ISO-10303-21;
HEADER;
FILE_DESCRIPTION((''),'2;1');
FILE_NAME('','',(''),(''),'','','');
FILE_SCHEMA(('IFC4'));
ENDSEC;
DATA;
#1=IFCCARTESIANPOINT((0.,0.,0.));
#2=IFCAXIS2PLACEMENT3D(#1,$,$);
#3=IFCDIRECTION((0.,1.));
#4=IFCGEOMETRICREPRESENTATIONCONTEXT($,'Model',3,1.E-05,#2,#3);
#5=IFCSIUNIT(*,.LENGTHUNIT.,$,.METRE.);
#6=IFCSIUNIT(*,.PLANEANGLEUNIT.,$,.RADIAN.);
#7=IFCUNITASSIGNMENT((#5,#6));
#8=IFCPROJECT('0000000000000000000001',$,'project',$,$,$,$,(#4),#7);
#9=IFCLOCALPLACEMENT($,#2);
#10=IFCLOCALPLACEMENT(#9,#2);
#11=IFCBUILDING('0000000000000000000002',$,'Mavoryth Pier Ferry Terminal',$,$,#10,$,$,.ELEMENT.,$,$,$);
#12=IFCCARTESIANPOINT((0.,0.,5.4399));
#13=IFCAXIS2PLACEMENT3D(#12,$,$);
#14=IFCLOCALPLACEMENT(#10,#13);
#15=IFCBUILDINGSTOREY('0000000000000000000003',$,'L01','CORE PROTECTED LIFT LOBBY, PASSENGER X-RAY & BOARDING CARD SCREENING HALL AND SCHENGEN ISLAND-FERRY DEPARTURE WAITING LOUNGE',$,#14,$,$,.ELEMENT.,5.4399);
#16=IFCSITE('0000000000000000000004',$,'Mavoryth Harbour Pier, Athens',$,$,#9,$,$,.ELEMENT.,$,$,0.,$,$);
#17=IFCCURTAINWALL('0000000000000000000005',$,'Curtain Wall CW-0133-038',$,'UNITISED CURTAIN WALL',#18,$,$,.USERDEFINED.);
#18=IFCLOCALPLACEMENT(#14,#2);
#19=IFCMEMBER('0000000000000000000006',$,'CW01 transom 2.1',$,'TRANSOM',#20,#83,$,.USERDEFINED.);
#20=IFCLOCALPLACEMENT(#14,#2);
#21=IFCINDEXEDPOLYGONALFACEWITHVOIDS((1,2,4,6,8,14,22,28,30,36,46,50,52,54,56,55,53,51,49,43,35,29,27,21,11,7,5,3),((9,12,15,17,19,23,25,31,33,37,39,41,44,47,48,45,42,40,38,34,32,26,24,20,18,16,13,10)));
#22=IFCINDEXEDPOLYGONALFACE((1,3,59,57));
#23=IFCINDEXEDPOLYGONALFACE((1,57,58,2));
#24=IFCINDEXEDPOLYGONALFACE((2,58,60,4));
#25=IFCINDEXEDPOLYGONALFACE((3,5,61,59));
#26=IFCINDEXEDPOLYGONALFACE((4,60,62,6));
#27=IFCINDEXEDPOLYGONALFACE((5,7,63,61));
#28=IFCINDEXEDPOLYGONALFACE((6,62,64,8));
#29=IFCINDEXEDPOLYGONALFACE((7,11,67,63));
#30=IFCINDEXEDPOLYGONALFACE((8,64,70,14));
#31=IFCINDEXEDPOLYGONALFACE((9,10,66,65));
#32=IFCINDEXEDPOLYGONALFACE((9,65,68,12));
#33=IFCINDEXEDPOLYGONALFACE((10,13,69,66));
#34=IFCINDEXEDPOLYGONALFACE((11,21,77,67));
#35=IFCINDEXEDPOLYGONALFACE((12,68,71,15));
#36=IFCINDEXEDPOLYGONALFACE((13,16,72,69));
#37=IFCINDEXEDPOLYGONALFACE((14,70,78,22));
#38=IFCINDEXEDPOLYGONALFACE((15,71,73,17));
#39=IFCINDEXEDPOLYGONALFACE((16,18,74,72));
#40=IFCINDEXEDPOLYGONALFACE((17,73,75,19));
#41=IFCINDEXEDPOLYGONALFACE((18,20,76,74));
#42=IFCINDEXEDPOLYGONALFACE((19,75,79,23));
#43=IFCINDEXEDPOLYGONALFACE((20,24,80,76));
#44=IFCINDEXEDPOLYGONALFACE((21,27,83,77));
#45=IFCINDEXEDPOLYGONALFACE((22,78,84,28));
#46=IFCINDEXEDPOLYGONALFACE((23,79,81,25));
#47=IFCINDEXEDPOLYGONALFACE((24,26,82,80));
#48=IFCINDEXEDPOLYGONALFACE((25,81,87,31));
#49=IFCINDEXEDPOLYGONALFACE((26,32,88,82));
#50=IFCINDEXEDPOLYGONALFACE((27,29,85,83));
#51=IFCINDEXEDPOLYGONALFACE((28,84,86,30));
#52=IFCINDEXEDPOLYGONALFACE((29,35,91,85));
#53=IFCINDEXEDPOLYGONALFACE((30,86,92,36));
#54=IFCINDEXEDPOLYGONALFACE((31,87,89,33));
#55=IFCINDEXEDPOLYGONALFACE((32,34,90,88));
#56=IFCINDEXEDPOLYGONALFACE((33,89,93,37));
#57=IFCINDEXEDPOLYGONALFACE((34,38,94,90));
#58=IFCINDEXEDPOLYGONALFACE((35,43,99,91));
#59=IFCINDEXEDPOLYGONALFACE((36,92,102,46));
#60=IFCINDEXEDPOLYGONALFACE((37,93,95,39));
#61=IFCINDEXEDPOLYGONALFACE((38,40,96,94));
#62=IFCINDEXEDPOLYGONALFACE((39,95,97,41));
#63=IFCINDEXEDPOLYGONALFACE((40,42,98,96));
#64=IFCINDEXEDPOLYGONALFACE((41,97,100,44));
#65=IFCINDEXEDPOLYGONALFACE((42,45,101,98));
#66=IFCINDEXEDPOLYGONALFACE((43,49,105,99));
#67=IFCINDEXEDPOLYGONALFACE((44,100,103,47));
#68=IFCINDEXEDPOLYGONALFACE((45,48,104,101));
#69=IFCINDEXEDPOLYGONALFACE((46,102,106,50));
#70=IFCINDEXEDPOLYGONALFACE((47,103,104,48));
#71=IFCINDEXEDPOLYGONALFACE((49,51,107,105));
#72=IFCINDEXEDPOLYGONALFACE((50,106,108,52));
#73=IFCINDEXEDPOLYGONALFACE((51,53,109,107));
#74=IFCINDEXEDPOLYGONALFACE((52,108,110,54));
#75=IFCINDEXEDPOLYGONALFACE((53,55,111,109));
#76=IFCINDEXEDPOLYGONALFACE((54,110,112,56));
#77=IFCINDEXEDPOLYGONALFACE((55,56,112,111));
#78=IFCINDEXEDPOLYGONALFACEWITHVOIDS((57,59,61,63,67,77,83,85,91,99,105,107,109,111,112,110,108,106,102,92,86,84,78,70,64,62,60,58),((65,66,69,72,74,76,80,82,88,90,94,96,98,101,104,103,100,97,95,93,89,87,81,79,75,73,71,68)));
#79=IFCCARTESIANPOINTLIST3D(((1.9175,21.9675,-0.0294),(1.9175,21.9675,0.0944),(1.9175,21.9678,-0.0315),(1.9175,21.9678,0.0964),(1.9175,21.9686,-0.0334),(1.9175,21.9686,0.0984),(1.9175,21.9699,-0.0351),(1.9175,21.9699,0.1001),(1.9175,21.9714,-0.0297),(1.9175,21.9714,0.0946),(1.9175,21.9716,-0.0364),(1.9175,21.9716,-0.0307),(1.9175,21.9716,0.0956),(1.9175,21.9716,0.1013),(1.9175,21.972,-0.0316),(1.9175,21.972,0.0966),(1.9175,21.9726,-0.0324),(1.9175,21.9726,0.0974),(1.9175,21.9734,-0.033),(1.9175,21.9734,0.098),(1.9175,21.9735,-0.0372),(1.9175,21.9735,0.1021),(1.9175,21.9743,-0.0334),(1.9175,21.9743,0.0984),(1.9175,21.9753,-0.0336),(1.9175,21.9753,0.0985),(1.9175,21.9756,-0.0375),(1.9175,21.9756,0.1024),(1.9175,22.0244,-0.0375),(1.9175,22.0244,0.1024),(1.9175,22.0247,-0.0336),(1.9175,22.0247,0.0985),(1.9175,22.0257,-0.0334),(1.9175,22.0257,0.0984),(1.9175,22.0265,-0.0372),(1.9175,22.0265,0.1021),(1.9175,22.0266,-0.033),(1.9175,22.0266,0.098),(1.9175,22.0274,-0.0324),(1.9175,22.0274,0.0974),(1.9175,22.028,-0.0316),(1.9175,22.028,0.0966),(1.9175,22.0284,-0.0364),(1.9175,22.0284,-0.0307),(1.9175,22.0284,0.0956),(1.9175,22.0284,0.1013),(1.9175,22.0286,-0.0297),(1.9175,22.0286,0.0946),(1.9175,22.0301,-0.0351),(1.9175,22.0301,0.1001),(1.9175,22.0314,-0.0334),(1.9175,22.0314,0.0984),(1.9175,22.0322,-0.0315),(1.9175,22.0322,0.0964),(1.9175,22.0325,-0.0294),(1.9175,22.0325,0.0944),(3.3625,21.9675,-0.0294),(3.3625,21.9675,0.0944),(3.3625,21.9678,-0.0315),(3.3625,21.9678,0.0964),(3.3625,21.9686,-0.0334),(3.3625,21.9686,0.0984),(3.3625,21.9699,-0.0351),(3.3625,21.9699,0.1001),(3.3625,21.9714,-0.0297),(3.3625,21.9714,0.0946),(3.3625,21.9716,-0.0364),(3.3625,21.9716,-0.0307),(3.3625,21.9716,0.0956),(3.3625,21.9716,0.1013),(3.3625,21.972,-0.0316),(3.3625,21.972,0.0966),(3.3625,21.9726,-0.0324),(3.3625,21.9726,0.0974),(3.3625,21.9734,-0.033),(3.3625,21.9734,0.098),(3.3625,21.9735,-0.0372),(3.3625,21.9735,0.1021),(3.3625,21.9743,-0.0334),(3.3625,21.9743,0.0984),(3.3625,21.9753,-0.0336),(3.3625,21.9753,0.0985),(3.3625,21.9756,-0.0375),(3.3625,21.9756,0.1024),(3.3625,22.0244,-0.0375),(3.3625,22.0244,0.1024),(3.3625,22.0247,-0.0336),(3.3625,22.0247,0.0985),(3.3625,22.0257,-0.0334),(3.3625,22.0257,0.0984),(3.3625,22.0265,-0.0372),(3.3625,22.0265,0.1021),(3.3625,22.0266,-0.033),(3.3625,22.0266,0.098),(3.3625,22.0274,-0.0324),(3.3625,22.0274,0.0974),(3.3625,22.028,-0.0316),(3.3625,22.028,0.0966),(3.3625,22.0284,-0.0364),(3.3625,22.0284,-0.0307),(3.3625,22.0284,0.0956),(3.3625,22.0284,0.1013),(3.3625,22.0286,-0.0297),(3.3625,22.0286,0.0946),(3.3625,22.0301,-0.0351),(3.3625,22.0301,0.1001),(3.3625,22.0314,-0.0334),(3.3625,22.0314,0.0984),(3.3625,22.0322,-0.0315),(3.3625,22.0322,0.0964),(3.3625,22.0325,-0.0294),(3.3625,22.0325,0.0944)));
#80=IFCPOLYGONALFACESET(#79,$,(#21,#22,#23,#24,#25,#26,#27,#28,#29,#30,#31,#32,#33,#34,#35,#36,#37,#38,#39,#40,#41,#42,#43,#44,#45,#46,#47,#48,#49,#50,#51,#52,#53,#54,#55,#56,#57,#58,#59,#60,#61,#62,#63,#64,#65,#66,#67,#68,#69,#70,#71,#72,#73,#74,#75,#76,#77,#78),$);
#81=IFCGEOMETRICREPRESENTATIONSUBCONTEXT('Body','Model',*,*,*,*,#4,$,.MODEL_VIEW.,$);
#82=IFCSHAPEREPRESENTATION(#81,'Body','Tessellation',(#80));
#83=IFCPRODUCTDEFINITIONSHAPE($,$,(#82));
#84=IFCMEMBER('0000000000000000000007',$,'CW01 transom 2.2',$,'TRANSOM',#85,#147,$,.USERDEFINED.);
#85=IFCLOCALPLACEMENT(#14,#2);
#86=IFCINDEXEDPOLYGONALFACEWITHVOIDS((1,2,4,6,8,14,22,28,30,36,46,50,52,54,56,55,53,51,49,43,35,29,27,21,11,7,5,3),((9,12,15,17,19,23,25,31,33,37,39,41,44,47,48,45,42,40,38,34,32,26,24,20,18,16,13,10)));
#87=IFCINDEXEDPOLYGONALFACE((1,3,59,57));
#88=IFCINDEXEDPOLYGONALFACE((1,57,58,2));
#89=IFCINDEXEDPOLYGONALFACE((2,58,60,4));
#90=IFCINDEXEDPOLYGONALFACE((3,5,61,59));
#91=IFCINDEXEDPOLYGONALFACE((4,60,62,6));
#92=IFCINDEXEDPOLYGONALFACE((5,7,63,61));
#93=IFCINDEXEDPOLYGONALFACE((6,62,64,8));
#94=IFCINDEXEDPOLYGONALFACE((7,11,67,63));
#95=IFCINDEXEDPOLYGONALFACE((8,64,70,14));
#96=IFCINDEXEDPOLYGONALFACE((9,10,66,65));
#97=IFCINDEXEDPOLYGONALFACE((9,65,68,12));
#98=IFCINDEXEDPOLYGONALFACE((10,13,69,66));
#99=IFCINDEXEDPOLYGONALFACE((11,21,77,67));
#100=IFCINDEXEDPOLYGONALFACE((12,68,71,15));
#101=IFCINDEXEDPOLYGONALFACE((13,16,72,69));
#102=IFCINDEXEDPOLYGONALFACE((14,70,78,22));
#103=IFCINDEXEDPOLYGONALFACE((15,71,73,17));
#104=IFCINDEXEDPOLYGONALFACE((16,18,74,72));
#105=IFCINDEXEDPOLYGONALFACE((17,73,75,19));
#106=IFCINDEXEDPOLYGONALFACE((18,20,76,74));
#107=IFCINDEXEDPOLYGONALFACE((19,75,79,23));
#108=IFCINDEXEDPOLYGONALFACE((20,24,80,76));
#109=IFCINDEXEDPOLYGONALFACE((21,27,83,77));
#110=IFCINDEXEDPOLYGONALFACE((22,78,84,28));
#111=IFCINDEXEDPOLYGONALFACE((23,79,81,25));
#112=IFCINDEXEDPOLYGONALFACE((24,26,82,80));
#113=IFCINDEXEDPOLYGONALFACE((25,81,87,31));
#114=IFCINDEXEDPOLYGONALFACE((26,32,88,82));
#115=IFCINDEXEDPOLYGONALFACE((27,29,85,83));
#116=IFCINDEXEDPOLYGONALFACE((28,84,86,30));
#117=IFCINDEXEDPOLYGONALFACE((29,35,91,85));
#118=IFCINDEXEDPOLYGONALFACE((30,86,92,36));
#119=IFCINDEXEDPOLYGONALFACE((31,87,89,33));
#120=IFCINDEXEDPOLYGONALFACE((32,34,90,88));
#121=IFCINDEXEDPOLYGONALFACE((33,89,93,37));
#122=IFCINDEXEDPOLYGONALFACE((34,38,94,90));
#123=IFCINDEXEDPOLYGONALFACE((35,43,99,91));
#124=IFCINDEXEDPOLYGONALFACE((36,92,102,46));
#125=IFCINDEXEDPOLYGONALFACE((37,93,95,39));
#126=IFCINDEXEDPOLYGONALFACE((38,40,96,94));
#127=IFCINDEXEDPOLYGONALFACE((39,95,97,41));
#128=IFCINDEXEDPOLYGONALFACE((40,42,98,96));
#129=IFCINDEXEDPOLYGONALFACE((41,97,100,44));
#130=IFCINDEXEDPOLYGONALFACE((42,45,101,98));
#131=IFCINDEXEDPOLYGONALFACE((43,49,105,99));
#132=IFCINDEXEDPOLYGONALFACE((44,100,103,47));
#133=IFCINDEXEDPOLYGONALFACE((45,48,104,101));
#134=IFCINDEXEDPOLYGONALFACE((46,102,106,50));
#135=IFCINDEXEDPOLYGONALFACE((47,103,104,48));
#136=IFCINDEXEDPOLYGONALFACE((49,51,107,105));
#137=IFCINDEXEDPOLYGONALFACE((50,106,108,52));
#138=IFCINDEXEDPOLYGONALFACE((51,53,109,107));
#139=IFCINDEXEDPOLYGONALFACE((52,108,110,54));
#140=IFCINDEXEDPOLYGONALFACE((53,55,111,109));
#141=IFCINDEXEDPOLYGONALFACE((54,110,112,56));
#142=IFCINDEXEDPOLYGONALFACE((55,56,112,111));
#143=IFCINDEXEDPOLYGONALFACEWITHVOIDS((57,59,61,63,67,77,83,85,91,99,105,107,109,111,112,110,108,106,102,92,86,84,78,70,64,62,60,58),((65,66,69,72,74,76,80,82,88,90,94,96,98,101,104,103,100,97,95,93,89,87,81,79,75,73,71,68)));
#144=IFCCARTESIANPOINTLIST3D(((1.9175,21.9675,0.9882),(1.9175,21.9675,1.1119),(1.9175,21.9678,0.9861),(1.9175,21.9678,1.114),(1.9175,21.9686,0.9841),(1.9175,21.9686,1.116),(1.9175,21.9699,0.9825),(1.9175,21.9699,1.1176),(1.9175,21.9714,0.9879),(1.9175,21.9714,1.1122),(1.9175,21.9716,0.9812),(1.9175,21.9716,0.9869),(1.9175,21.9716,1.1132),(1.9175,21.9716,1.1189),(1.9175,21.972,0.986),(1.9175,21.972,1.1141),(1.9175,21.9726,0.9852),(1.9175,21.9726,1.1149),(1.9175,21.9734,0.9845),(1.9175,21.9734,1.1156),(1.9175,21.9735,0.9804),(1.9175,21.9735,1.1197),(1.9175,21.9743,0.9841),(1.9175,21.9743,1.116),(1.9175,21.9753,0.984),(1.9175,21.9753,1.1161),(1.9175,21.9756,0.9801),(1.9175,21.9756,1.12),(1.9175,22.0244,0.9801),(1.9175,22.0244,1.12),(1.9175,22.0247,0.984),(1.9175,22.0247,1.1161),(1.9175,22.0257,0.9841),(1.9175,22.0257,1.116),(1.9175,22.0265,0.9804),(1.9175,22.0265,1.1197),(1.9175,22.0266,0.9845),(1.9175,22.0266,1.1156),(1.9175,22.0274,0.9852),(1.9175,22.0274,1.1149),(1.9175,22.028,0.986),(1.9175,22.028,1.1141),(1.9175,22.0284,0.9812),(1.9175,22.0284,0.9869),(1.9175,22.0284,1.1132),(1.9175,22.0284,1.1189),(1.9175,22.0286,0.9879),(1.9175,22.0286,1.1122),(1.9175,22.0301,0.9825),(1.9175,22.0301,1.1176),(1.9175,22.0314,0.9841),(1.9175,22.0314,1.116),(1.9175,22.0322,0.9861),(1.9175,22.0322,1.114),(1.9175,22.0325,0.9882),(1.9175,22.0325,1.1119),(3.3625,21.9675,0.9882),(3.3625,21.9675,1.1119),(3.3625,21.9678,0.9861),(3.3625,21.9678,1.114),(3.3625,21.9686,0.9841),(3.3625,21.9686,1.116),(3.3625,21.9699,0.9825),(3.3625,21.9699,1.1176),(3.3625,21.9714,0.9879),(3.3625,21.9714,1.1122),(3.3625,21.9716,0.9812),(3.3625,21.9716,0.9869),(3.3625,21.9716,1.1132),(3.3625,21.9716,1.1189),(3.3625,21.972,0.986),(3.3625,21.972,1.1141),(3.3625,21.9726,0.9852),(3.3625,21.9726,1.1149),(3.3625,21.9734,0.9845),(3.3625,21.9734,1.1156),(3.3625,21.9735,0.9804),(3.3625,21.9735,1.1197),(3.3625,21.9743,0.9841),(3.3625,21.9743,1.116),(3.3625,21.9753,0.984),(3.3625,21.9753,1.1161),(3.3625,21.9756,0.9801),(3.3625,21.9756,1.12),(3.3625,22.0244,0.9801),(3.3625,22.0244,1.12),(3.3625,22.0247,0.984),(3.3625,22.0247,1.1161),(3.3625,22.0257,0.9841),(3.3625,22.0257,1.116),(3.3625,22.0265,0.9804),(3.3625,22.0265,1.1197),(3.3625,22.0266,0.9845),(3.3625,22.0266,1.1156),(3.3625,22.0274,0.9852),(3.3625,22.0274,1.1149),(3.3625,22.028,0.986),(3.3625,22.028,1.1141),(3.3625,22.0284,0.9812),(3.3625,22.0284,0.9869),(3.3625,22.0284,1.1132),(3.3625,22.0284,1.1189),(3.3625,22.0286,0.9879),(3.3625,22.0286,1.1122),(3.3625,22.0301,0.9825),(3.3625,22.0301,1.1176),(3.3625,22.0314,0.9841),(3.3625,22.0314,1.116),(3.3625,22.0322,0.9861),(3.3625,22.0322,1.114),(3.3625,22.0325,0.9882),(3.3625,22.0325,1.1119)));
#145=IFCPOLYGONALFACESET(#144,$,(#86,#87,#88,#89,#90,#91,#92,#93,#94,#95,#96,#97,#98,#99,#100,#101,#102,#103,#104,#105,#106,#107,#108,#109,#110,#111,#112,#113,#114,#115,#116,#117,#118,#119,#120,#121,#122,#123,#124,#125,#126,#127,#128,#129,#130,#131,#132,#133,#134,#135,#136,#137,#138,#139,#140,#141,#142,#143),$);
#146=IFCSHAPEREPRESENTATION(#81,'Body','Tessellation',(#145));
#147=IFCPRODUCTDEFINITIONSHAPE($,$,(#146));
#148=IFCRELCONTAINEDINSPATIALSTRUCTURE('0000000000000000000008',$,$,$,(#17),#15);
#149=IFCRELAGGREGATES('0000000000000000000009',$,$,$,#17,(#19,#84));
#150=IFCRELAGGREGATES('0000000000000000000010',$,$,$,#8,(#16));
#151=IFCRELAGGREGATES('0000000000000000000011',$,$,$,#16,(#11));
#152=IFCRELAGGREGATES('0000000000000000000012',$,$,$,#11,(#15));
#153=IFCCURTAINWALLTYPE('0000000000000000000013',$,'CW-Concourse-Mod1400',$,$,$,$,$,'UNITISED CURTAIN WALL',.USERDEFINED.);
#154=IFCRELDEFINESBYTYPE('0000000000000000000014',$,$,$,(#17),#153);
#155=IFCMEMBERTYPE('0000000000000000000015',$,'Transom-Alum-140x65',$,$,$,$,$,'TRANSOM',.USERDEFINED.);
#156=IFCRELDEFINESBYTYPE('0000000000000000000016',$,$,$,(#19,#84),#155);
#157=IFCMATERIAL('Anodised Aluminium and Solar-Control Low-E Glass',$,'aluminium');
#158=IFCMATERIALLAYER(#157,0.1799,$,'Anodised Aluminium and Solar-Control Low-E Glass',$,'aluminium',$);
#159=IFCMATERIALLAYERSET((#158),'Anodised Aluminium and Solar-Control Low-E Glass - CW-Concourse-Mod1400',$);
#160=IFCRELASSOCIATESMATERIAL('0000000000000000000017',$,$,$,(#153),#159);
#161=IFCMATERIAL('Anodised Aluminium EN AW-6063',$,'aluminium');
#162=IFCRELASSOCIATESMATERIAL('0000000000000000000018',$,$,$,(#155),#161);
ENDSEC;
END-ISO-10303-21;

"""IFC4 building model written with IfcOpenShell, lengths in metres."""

from ifc_helpers import new_model, si_unit, direction, frame, origin, origin_2d, place, context, subcontext, project, spatial, hollow_rectangle, extrude, material, layer, layer_set, material_profile, profile_set, type_object, element, aggregate, save


model = new_model("IFC4")

# Units and contexts
model_context = context("Model", 3, precision=1e-05, world=origin(), true_north=direction((0.0, 1.0)))
body_context = subcontext(model_context, "Body", "Model", "MODEL_VIEW")
ifc_project = project(units=[si_unit("LENGTHUNIT", "METRE"), si_unit("PLANEANGLEUNIT", "RADIAN")], contexts=[model_context])

# Site, building, storey
site_placement = place(None, origin())
site = spatial("IfcSite", under=ifc_project, at=site_placement, Name="Mavoryth Harbour Pier, Athens", CompositionType="ELEMENT", RefElevation=0.0)
building_placement = place(site_placement, origin())
building = spatial("IfcBuilding", under=site, at=building_placement, Name="Mavoryth Pier Ferry Terminal", CompositionType="ELEMENT")
storey_placement = place(building_placement, frame((0.0, 0.0, 5.4399)))
storey = spatial("IfcBuildingStorey", under=building, at=storey_placement, Name="L01", Description="CORE PROTECTED LIFT LOBBY, PASSENGER X-RAY & BOARDING CARD SCREENING HALL AND SCHENGEN ISLAND-FERRY DEPARTURE WAITING LOUNGE", CompositionType="ELEMENT", Elevation=5.4399)

# Curtain wall
ifc_material_1 = material(Name="Anodised Aluminium and Solar-Control Low-E Glass", Category="aluminium")
ifc_layer_1 = layer(ifc_material_1, 0.1799, Name="Anodised Aluminium and Solar-Control Low-E Glass", Category="aluminium")
ifc_layer_set_1 = layer_set([ifc_layer_1], Name="Anodised Aluminium and Solar-Control Low-E Glass - CW-Concourse-Mod1400")
curtain_wall_type = type_object("IfcCurtainWallType", Name="CW-Concourse-Mod1400", ElementType="UNITISED CURTAIN WALL", PredefinedType="USERDEFINED", material=ifc_layer_set_1)
curtain_wall_placement = place(storey_placement, origin())
curtain_wall = element("IfcCurtainWall", 1, at=curtain_wall_placement, inside=storey, type_object=curtain_wall_type, Name="Curtain Wall CW-0133-038", ObjectType="UNITISED CURTAIN WALL", PredefinedType="USERDEFINED")
ifc_material_2 = material(Name="Anodised Aluminium EN AW-6063", Category="aluminium")

# Members
ifc_material_profile_1 = material_profile(ifc_material_2, hollow_rectangle(XDim=0.0649, YDim=0.1399, WallThickness=0.0039, InnerFilletRadius=0.0039, OuterFilletRadius=0.0081, at=origin_2d()), Name="AL-TRAN 140x65x4", Category="aluminium")
ifc_profile_set_1 = profile_set([ifc_material_profile_1], Name="Anodised Aluminium EN AW-6063 - AL-TRAN 140x65x4")
member_type_1 = type_object("IfcMemberType", Name="Transom-Alum-140x65", ElementType="TRANSOM", PredefinedType="USERDEFINED", material=ifc_profile_set_1)
member_1_placement = place(storey_placement, frame((1.9175, 22.0, 0.0325), z_axis=(1.0, 0.0, 0.0), x_axis=(0.0, 1.0, 0.0)))
member_1 = element("IfcMember", 2, at=member_1_placement, type_object=member_type_1, Name="CW01 transom 2.1", ObjectType="TRANSOM", PredefinedType="USERDEFINED", context=body_context, shape_type="SweptSolid", body=[
    extrude(hollow_rectangle(XDim=0.0649, YDim=0.1399, WallThickness=0.0039, InnerFilletRadius=0.0039, OuterFilletRadius=0.0081, at=origin_2d()), origin(), (0.0, 0.0, 1.0), 1.4451),
])
member_2_placement = place(storey_placement, frame((1.9175, 22.0, 1.05), z_axis=(1.0, 0.0, 0.0), x_axis=(0.0, 1.0, 0.0)))
member_2 = element("IfcMember", 3, at=member_2_placement, type_object=member_type_1, Name="CW01 transom 2.2", ObjectType="TRANSOM", PredefinedType="USERDEFINED", context=body_context, shape_type="SweptSolid", body=[
    extrude(hollow_rectangle(XDim=0.0649, YDim=0.1399, WallThickness=0.0039, InnerFilletRadius=0.0039, OuterFilletRadius=0.0081, at=origin_2d()), origin(), (0.0, 0.0, 1.0), 1.4451),
])

aggregate(curtain_wall, [member_1, member_2])

save(model, "model.ifc")
